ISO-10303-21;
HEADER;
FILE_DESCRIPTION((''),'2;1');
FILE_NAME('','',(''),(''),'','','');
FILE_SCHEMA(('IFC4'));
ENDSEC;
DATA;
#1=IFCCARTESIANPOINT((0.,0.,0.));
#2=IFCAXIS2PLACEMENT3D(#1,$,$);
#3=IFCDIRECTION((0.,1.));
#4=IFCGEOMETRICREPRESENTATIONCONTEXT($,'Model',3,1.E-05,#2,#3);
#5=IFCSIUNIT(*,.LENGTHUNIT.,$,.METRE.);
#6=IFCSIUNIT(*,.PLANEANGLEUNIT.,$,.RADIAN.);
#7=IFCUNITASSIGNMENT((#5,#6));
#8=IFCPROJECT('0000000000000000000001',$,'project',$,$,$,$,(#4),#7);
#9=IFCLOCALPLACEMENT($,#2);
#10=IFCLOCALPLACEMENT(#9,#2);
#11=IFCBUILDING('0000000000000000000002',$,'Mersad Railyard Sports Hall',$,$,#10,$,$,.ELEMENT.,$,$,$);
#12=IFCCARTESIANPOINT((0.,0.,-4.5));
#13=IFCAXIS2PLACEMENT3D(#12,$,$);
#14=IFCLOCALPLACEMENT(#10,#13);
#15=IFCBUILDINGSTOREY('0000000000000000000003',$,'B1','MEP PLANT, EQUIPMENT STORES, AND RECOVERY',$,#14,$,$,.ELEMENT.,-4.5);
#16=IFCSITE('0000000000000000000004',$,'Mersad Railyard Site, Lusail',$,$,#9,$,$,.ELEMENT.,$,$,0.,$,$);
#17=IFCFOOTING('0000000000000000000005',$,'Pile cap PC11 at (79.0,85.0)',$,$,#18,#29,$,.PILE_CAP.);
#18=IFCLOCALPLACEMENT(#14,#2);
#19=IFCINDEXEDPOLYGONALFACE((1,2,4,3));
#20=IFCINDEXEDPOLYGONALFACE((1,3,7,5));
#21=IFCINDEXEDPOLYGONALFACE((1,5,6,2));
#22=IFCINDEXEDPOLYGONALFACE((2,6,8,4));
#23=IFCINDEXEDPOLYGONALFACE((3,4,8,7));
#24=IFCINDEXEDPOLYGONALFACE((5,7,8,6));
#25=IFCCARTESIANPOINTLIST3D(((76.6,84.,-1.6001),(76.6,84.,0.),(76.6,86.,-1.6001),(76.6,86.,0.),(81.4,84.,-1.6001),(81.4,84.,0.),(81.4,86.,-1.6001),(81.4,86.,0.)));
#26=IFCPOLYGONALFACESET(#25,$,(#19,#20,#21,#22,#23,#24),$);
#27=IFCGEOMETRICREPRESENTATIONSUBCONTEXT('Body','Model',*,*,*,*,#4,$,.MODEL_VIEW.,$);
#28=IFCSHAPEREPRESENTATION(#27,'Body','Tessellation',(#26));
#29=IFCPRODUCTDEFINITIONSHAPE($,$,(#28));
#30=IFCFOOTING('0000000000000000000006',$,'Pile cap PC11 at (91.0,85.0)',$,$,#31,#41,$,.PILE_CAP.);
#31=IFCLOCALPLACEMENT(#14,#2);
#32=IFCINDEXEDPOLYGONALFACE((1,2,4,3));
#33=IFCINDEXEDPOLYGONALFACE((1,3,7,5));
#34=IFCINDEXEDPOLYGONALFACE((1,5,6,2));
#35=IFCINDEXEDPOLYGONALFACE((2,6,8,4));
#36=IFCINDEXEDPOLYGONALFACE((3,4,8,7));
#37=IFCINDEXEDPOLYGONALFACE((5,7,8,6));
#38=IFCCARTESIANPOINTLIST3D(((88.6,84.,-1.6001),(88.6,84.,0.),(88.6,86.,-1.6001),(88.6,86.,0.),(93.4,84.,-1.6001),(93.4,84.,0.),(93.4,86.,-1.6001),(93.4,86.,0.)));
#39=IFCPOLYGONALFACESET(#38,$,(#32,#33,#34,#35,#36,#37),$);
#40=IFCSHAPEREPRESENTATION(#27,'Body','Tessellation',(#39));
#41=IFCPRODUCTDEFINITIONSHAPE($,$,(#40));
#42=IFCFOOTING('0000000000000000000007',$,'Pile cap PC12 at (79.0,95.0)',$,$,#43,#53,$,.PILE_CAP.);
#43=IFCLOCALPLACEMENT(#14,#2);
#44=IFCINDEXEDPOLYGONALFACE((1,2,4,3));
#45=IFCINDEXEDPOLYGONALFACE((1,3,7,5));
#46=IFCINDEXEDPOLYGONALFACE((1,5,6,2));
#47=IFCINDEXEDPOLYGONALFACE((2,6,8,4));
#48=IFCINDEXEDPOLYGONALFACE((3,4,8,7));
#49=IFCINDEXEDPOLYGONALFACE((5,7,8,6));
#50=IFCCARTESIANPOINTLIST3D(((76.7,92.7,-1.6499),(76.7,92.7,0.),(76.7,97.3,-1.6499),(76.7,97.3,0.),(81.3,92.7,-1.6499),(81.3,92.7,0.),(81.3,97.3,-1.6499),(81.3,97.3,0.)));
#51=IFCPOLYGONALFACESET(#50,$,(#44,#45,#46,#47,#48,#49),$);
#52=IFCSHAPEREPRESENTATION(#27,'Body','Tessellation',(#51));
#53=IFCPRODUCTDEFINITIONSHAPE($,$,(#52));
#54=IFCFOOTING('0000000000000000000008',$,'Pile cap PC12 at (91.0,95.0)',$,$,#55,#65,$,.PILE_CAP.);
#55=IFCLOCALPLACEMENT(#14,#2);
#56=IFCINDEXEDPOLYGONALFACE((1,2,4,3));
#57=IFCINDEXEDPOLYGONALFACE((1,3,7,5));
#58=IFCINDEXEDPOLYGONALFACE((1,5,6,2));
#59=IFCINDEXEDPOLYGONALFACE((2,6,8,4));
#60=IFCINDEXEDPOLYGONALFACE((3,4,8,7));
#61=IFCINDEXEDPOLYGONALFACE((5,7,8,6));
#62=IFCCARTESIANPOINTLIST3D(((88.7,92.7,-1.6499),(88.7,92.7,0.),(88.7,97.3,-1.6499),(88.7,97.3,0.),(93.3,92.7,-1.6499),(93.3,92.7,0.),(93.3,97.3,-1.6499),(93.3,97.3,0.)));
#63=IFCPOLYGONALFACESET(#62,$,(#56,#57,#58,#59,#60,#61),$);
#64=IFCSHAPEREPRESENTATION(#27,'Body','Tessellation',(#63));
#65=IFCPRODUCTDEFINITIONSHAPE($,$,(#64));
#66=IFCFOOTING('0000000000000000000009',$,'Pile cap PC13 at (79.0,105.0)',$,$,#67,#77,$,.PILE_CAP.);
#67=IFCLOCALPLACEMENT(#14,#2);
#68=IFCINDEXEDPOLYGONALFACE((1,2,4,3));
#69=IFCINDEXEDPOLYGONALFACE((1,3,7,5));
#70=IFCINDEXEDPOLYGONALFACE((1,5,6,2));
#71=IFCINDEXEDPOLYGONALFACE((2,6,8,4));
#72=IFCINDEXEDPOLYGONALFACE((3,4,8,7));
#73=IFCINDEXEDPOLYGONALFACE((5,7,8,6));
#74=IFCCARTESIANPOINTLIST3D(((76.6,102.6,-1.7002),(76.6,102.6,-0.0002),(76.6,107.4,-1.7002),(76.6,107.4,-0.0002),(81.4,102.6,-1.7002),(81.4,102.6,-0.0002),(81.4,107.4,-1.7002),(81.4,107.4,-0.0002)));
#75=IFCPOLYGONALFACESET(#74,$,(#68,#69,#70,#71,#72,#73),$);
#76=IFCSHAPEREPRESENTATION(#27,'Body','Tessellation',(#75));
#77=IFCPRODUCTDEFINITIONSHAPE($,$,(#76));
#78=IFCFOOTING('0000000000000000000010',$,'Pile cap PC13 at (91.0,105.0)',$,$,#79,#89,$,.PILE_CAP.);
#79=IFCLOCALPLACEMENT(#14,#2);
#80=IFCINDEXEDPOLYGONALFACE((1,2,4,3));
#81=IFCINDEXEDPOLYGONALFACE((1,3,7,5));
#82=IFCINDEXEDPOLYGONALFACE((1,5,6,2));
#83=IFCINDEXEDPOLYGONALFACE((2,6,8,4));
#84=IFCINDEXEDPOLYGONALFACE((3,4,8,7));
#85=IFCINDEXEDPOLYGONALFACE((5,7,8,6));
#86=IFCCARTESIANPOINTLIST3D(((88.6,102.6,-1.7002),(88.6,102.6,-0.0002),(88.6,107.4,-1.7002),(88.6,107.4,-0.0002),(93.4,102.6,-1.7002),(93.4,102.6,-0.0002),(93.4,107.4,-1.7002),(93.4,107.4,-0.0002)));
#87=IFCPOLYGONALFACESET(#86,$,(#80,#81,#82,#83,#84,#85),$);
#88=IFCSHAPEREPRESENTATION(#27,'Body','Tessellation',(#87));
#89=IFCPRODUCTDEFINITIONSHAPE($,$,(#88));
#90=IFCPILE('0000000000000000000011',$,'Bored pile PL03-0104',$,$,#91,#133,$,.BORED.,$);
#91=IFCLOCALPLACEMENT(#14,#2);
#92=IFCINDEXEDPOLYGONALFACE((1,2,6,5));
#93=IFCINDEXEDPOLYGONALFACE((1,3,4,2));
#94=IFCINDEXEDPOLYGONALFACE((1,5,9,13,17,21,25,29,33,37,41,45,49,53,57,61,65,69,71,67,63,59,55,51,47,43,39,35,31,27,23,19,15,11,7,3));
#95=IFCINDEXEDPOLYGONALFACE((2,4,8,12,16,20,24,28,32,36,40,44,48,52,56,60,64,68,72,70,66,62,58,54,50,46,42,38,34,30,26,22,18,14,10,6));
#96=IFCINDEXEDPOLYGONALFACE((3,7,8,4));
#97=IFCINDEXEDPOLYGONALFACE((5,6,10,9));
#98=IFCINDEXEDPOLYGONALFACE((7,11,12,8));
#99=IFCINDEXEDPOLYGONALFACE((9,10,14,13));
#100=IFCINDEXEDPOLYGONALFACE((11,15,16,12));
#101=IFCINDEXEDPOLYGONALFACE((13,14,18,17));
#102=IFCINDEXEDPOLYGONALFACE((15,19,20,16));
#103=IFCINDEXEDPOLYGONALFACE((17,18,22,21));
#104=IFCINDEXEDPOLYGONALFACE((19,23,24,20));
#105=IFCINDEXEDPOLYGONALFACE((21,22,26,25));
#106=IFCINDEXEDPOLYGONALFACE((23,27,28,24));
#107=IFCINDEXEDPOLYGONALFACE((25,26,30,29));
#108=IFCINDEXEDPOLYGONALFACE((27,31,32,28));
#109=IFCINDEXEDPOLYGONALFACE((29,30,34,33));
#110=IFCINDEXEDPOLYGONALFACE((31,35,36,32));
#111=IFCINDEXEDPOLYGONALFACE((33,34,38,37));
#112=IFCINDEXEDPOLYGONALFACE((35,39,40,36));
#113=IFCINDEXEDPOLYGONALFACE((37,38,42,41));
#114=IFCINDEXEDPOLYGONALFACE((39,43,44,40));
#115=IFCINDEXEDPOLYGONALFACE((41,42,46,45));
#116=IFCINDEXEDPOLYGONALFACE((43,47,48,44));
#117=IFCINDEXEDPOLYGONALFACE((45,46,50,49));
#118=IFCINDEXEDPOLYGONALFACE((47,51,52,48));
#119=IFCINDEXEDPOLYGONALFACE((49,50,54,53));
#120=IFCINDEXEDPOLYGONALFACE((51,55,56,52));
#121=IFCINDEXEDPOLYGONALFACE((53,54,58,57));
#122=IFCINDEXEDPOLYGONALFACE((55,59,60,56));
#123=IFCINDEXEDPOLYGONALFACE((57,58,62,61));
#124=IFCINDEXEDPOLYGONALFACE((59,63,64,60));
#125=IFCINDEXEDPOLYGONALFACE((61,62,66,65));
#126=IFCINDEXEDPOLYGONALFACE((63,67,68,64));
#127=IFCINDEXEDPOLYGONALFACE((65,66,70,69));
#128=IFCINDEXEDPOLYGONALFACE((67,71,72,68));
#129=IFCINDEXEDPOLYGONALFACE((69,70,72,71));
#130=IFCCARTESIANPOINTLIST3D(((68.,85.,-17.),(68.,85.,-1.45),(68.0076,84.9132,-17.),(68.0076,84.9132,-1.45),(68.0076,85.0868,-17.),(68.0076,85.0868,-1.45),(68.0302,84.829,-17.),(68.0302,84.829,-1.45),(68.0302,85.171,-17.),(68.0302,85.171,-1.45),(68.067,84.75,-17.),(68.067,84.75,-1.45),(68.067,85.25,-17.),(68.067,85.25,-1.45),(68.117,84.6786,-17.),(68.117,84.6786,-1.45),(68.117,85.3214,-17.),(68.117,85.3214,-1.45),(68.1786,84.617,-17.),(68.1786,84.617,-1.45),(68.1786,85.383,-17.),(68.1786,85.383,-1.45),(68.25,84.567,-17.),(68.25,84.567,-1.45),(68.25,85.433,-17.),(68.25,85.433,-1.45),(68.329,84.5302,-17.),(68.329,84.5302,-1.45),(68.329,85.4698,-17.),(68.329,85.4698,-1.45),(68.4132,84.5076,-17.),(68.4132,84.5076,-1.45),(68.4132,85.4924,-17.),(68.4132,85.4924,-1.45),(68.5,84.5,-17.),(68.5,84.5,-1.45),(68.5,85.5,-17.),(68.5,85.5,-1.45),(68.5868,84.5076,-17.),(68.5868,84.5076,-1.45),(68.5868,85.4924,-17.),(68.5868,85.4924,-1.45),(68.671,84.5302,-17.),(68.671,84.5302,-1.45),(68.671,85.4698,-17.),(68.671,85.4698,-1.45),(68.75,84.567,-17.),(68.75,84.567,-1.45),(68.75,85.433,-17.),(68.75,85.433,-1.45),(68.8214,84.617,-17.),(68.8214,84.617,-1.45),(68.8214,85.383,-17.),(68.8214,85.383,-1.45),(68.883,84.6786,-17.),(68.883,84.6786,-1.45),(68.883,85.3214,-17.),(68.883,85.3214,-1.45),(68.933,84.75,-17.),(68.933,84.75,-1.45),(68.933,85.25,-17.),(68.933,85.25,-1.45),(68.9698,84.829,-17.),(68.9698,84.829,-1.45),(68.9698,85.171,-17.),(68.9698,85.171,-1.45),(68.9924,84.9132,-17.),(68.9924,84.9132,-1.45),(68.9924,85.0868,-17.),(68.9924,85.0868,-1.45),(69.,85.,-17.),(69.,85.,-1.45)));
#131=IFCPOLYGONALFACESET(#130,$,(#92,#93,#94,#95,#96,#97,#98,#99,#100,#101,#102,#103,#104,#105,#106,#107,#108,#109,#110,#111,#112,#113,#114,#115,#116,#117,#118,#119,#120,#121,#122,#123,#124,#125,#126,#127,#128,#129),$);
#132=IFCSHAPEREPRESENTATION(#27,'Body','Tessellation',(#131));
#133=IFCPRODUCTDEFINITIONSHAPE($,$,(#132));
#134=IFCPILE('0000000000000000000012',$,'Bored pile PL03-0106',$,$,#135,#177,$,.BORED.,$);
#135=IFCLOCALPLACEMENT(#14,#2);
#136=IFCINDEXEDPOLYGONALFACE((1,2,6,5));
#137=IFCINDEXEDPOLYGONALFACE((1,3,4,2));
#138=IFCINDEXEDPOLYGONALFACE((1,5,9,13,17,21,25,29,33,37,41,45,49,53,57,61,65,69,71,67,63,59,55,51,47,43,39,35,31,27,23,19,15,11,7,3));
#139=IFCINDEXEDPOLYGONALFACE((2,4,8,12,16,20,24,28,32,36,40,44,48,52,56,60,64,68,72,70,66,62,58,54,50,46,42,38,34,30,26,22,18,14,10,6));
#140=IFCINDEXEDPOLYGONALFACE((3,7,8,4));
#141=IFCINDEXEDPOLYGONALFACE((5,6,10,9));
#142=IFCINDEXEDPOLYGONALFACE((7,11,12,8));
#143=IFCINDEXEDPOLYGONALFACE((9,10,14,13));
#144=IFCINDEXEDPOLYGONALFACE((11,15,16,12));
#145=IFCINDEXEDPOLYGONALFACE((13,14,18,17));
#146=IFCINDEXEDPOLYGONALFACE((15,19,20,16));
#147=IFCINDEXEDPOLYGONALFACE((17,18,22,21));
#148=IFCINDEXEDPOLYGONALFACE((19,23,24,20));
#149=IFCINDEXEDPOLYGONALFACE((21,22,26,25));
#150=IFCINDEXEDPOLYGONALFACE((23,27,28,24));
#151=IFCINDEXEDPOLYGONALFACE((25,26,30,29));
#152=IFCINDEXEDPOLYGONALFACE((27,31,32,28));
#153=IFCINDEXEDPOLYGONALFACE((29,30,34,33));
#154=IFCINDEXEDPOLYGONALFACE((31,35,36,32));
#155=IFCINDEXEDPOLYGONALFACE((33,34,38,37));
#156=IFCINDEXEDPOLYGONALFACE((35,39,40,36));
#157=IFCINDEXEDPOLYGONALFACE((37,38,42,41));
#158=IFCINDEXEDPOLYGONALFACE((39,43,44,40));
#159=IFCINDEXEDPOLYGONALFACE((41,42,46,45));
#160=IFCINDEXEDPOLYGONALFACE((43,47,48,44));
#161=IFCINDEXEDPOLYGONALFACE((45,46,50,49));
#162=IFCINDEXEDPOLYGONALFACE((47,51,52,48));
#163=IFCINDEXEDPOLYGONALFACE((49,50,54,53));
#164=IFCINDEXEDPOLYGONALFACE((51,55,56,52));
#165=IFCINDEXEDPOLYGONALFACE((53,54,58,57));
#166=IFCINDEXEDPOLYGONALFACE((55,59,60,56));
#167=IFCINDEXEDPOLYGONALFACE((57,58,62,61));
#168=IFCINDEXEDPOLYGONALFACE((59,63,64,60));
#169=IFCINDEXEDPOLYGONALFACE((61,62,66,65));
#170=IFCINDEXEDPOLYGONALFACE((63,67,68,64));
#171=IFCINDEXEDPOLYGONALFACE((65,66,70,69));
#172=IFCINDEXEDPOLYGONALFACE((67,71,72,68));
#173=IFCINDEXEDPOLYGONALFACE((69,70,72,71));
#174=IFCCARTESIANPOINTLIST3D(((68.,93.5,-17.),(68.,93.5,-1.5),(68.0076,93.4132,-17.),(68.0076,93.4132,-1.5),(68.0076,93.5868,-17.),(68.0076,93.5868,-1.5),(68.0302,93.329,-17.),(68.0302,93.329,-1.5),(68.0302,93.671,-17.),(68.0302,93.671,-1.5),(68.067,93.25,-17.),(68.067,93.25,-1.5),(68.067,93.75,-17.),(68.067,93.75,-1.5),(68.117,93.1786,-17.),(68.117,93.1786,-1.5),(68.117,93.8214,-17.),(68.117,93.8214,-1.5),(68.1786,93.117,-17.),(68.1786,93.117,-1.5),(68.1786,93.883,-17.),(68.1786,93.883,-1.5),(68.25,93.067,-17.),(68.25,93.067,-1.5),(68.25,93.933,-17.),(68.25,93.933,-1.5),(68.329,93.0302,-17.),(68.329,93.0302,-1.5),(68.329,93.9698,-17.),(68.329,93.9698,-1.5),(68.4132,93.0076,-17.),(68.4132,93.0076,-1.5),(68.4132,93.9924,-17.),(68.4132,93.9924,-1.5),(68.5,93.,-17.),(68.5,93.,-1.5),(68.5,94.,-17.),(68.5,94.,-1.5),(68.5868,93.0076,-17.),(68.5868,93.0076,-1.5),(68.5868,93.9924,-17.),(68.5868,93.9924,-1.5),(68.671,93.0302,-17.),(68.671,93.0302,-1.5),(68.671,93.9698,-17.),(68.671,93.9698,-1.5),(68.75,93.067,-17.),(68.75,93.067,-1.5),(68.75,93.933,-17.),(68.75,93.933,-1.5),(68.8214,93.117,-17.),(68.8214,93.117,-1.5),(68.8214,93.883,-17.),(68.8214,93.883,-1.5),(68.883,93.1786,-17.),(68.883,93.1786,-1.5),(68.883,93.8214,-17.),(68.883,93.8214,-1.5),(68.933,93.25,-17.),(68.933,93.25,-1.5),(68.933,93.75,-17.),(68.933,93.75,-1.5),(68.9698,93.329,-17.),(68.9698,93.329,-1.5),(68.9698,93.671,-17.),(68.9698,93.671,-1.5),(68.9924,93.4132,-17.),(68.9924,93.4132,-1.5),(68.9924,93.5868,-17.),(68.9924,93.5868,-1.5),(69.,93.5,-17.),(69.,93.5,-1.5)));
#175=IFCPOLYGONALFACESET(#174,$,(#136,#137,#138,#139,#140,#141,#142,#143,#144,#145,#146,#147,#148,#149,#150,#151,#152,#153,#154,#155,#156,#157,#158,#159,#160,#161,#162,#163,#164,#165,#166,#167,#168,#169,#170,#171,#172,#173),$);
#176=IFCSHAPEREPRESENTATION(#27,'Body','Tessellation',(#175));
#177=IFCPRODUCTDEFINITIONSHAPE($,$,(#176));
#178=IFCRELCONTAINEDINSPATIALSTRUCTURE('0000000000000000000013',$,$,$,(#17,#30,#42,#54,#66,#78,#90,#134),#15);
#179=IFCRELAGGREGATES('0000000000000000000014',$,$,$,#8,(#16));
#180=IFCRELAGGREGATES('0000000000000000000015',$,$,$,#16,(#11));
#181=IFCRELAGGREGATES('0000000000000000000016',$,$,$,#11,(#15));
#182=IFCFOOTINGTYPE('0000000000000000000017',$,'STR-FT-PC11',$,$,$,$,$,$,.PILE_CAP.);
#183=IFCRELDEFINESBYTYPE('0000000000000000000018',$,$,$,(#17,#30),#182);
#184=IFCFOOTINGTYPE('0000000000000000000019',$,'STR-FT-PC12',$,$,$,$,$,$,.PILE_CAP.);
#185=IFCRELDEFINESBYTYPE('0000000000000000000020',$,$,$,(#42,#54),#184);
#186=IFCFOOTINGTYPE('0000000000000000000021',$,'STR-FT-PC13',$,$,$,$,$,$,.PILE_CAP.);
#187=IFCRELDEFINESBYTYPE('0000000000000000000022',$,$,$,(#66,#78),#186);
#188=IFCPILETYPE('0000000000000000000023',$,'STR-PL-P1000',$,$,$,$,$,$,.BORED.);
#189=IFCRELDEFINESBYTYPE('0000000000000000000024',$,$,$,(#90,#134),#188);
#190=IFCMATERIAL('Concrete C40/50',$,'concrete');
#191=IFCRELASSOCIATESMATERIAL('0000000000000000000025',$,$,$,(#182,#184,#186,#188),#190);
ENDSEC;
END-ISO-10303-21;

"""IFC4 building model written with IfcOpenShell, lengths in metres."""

from ifc_helpers import new_model, si_unit, direction, frame, origin, origin_2d, place, context, subcontext, project, spatial, rectangle, circle, extrude, material, material_profile, profile_set, type_object, element, save


model = new_model("IFC4")

# Units and contexts
model_context = context("Model", 3, precision=1e-05, world=origin(), true_north=direction((0.0, 1.0)))
body_context = subcontext(model_context, "Body", "Model", "MODEL_VIEW")
ifc_project = project(units=[si_unit("LENGTHUNIT", "METRE"), si_unit("PLANEANGLEUNIT", "RADIAN")], contexts=[model_context])

# Site, building, storey
site_placement = place(None, origin())
site = spatial("IfcSite", under=ifc_project, at=site_placement, Name="Mersad Railyard Site, Lusail", CompositionType="ELEMENT", RefElevation=0.0)
building_placement = place(site_placement, origin())
building = spatial("IfcBuilding", under=site, at=building_placement, Name="Mersad Railyard Sports Hall", CompositionType="ELEMENT")
storey_placement = place(building_placement, frame((0.0, 0.0, -4.5)))
storey = spatial("IfcBuildingStorey", under=building, at=storey_placement, Name="B1", Description="MEP PLANT, EQUIPMENT STORES, AND RECOVERY", CompositionType="ELEMENT", Elevation=-4.5)

# Footings
ifc_material_1 = material(Name="Concrete C40/50", Category="concrete")
footing_type_1 = type_object("IfcFootingType", Name="STR-FT-PC11", PredefinedType="PILE_CAP", material=ifc_material_1)
for number, where, z_axis, x_axis, name in (
    (1, (79.0, 85.0, -1.6001), (0.0, 0.0, 1.0), (1.0, 0.0, 0.0), "Pile cap PC11 at (79.0,85.0)"),
    (2, (91.0, 85.0, -1.6001), (0.0, 0.0, 1.0), (1.0, 0.0, 0.0), "Pile cap PC11 at (91.0,85.0)"),
):
    element("IfcFooting", number, at=place(storey_placement, frame(where, z_axis=z_axis, x_axis=x_axis)), inside=storey, type_object=footing_type_1, Name=name, PredefinedType="PILE_CAP", context=body_context, shape_type="SweptSolid", body=[
        extrude(rectangle(XDim=4.8, YDim=2.0, at=origin_2d()), origin(), (0.0, 0.0, 1.0), 1.6001),
    ])
footing_type_2 = type_object("IfcFootingType", Name="STR-FT-PC12", PredefinedType="PILE_CAP", material=ifc_material_1)
for number, where, z_axis, x_axis, name in (
    (3, (79.0, 95.0, -1.6499), (0.0, 0.0, 1.0), (1.0, 0.0, 0.0), "Pile cap PC12 at (79.0,95.0)"),
    (4, (91.0, 95.0, -1.6499), (0.0, 0.0, 1.0), (1.0, 0.0, 0.0), "Pile cap PC12 at (91.0,95.0)"),
):
    element("IfcFooting", number, at=place(storey_placement, frame(where, z_axis=z_axis, x_axis=x_axis)), inside=storey, type_object=footing_type_2, Name=name, PredefinedType="PILE_CAP", context=body_context, shape_type="SweptSolid", body=[
        extrude(rectangle(XDim=4.6001, YDim=4.6001, at=origin_2d()), origin(), (0.0, 0.0, 1.0), 1.6499),
    ])
footing_type_3 = type_object("IfcFootingType", Name="STR-FT-PC13", PredefinedType="PILE_CAP", material=ifc_material_1)
for number, where, z_axis, x_axis, name in (
    (5, (79.0, 105.0, -1.7002), (0.0, 0.0, 1.0), (1.0, 0.0, 0.0), "Pile cap PC13 at (79.0,105.0)"),
    (6, (91.0, 105.0, -1.7002), (0.0, 0.0, 1.0), (1.0, 0.0, 0.0), "Pile cap PC13 at (91.0,105.0)"),
):
    element("IfcFooting", number, at=place(storey_placement, frame(where, z_axis=z_axis, x_axis=x_axis)), inside=storey, type_object=footing_type_3, Name=name, PredefinedType="PILE_CAP", context=body_context, shape_type="SweptSolid", body=[
        extrude(rectangle(XDim=4.8, YDim=4.8, at=origin_2d()), origin(), (0.0, 0.0, 1.0), 1.7),
    ])

# Piles
ifc_material_profile_1 = material_profile(ifc_material_1, circle(Radius=0.5, at=origin_2d()), Name="BORED PILE D1000")
ifc_profile_set_1 = profile_set([ifc_material_profile_1], Name="Concrete C40/50")
pile_type = type_object("IfcPileType", Name="STR-PL-P1000", PredefinedType="BORED", material=ifc_profile_set_1)
pile_1_placement = place(storey_placement, frame((68.5, 85.0, -1.45), z_axis=(0.0, 0.0, -1.0), x_axis=(1.0, 0.0, 0.0)))
element("IfcPile", 7, at=pile_1_placement, inside=storey, type_object=pile_type, Name="Bored pile PL03-0104", PredefinedType="BORED", context=body_context, shape_type="SweptSolid", body=[
    extrude(circle(Radius=0.5, at=origin_2d()), origin(), (0.0, 0.0, 1.0), 15.55),
])
for number, where, z_axis, x_axis, name in (
    (8, (68.5, 93.5, -1.5), (0.0, 0.0, -1.0), (1.0, 0.0, 0.0), "Bored pile PL03-0106"),
):
    element("IfcPile", number, at=place(storey_placement, frame(where, z_axis=z_axis, x_axis=x_axis)), inside=storey, type_object=pile_type, Name=name, PredefinedType="BORED", context=body_context, shape_type="SweptSolid", body=[
        extrude(circle(Radius=0.5, at=origin_2d()), origin(), (0.0, 0.0, 1.0), 15.5),
    ])

save(model, "model.ifc")
